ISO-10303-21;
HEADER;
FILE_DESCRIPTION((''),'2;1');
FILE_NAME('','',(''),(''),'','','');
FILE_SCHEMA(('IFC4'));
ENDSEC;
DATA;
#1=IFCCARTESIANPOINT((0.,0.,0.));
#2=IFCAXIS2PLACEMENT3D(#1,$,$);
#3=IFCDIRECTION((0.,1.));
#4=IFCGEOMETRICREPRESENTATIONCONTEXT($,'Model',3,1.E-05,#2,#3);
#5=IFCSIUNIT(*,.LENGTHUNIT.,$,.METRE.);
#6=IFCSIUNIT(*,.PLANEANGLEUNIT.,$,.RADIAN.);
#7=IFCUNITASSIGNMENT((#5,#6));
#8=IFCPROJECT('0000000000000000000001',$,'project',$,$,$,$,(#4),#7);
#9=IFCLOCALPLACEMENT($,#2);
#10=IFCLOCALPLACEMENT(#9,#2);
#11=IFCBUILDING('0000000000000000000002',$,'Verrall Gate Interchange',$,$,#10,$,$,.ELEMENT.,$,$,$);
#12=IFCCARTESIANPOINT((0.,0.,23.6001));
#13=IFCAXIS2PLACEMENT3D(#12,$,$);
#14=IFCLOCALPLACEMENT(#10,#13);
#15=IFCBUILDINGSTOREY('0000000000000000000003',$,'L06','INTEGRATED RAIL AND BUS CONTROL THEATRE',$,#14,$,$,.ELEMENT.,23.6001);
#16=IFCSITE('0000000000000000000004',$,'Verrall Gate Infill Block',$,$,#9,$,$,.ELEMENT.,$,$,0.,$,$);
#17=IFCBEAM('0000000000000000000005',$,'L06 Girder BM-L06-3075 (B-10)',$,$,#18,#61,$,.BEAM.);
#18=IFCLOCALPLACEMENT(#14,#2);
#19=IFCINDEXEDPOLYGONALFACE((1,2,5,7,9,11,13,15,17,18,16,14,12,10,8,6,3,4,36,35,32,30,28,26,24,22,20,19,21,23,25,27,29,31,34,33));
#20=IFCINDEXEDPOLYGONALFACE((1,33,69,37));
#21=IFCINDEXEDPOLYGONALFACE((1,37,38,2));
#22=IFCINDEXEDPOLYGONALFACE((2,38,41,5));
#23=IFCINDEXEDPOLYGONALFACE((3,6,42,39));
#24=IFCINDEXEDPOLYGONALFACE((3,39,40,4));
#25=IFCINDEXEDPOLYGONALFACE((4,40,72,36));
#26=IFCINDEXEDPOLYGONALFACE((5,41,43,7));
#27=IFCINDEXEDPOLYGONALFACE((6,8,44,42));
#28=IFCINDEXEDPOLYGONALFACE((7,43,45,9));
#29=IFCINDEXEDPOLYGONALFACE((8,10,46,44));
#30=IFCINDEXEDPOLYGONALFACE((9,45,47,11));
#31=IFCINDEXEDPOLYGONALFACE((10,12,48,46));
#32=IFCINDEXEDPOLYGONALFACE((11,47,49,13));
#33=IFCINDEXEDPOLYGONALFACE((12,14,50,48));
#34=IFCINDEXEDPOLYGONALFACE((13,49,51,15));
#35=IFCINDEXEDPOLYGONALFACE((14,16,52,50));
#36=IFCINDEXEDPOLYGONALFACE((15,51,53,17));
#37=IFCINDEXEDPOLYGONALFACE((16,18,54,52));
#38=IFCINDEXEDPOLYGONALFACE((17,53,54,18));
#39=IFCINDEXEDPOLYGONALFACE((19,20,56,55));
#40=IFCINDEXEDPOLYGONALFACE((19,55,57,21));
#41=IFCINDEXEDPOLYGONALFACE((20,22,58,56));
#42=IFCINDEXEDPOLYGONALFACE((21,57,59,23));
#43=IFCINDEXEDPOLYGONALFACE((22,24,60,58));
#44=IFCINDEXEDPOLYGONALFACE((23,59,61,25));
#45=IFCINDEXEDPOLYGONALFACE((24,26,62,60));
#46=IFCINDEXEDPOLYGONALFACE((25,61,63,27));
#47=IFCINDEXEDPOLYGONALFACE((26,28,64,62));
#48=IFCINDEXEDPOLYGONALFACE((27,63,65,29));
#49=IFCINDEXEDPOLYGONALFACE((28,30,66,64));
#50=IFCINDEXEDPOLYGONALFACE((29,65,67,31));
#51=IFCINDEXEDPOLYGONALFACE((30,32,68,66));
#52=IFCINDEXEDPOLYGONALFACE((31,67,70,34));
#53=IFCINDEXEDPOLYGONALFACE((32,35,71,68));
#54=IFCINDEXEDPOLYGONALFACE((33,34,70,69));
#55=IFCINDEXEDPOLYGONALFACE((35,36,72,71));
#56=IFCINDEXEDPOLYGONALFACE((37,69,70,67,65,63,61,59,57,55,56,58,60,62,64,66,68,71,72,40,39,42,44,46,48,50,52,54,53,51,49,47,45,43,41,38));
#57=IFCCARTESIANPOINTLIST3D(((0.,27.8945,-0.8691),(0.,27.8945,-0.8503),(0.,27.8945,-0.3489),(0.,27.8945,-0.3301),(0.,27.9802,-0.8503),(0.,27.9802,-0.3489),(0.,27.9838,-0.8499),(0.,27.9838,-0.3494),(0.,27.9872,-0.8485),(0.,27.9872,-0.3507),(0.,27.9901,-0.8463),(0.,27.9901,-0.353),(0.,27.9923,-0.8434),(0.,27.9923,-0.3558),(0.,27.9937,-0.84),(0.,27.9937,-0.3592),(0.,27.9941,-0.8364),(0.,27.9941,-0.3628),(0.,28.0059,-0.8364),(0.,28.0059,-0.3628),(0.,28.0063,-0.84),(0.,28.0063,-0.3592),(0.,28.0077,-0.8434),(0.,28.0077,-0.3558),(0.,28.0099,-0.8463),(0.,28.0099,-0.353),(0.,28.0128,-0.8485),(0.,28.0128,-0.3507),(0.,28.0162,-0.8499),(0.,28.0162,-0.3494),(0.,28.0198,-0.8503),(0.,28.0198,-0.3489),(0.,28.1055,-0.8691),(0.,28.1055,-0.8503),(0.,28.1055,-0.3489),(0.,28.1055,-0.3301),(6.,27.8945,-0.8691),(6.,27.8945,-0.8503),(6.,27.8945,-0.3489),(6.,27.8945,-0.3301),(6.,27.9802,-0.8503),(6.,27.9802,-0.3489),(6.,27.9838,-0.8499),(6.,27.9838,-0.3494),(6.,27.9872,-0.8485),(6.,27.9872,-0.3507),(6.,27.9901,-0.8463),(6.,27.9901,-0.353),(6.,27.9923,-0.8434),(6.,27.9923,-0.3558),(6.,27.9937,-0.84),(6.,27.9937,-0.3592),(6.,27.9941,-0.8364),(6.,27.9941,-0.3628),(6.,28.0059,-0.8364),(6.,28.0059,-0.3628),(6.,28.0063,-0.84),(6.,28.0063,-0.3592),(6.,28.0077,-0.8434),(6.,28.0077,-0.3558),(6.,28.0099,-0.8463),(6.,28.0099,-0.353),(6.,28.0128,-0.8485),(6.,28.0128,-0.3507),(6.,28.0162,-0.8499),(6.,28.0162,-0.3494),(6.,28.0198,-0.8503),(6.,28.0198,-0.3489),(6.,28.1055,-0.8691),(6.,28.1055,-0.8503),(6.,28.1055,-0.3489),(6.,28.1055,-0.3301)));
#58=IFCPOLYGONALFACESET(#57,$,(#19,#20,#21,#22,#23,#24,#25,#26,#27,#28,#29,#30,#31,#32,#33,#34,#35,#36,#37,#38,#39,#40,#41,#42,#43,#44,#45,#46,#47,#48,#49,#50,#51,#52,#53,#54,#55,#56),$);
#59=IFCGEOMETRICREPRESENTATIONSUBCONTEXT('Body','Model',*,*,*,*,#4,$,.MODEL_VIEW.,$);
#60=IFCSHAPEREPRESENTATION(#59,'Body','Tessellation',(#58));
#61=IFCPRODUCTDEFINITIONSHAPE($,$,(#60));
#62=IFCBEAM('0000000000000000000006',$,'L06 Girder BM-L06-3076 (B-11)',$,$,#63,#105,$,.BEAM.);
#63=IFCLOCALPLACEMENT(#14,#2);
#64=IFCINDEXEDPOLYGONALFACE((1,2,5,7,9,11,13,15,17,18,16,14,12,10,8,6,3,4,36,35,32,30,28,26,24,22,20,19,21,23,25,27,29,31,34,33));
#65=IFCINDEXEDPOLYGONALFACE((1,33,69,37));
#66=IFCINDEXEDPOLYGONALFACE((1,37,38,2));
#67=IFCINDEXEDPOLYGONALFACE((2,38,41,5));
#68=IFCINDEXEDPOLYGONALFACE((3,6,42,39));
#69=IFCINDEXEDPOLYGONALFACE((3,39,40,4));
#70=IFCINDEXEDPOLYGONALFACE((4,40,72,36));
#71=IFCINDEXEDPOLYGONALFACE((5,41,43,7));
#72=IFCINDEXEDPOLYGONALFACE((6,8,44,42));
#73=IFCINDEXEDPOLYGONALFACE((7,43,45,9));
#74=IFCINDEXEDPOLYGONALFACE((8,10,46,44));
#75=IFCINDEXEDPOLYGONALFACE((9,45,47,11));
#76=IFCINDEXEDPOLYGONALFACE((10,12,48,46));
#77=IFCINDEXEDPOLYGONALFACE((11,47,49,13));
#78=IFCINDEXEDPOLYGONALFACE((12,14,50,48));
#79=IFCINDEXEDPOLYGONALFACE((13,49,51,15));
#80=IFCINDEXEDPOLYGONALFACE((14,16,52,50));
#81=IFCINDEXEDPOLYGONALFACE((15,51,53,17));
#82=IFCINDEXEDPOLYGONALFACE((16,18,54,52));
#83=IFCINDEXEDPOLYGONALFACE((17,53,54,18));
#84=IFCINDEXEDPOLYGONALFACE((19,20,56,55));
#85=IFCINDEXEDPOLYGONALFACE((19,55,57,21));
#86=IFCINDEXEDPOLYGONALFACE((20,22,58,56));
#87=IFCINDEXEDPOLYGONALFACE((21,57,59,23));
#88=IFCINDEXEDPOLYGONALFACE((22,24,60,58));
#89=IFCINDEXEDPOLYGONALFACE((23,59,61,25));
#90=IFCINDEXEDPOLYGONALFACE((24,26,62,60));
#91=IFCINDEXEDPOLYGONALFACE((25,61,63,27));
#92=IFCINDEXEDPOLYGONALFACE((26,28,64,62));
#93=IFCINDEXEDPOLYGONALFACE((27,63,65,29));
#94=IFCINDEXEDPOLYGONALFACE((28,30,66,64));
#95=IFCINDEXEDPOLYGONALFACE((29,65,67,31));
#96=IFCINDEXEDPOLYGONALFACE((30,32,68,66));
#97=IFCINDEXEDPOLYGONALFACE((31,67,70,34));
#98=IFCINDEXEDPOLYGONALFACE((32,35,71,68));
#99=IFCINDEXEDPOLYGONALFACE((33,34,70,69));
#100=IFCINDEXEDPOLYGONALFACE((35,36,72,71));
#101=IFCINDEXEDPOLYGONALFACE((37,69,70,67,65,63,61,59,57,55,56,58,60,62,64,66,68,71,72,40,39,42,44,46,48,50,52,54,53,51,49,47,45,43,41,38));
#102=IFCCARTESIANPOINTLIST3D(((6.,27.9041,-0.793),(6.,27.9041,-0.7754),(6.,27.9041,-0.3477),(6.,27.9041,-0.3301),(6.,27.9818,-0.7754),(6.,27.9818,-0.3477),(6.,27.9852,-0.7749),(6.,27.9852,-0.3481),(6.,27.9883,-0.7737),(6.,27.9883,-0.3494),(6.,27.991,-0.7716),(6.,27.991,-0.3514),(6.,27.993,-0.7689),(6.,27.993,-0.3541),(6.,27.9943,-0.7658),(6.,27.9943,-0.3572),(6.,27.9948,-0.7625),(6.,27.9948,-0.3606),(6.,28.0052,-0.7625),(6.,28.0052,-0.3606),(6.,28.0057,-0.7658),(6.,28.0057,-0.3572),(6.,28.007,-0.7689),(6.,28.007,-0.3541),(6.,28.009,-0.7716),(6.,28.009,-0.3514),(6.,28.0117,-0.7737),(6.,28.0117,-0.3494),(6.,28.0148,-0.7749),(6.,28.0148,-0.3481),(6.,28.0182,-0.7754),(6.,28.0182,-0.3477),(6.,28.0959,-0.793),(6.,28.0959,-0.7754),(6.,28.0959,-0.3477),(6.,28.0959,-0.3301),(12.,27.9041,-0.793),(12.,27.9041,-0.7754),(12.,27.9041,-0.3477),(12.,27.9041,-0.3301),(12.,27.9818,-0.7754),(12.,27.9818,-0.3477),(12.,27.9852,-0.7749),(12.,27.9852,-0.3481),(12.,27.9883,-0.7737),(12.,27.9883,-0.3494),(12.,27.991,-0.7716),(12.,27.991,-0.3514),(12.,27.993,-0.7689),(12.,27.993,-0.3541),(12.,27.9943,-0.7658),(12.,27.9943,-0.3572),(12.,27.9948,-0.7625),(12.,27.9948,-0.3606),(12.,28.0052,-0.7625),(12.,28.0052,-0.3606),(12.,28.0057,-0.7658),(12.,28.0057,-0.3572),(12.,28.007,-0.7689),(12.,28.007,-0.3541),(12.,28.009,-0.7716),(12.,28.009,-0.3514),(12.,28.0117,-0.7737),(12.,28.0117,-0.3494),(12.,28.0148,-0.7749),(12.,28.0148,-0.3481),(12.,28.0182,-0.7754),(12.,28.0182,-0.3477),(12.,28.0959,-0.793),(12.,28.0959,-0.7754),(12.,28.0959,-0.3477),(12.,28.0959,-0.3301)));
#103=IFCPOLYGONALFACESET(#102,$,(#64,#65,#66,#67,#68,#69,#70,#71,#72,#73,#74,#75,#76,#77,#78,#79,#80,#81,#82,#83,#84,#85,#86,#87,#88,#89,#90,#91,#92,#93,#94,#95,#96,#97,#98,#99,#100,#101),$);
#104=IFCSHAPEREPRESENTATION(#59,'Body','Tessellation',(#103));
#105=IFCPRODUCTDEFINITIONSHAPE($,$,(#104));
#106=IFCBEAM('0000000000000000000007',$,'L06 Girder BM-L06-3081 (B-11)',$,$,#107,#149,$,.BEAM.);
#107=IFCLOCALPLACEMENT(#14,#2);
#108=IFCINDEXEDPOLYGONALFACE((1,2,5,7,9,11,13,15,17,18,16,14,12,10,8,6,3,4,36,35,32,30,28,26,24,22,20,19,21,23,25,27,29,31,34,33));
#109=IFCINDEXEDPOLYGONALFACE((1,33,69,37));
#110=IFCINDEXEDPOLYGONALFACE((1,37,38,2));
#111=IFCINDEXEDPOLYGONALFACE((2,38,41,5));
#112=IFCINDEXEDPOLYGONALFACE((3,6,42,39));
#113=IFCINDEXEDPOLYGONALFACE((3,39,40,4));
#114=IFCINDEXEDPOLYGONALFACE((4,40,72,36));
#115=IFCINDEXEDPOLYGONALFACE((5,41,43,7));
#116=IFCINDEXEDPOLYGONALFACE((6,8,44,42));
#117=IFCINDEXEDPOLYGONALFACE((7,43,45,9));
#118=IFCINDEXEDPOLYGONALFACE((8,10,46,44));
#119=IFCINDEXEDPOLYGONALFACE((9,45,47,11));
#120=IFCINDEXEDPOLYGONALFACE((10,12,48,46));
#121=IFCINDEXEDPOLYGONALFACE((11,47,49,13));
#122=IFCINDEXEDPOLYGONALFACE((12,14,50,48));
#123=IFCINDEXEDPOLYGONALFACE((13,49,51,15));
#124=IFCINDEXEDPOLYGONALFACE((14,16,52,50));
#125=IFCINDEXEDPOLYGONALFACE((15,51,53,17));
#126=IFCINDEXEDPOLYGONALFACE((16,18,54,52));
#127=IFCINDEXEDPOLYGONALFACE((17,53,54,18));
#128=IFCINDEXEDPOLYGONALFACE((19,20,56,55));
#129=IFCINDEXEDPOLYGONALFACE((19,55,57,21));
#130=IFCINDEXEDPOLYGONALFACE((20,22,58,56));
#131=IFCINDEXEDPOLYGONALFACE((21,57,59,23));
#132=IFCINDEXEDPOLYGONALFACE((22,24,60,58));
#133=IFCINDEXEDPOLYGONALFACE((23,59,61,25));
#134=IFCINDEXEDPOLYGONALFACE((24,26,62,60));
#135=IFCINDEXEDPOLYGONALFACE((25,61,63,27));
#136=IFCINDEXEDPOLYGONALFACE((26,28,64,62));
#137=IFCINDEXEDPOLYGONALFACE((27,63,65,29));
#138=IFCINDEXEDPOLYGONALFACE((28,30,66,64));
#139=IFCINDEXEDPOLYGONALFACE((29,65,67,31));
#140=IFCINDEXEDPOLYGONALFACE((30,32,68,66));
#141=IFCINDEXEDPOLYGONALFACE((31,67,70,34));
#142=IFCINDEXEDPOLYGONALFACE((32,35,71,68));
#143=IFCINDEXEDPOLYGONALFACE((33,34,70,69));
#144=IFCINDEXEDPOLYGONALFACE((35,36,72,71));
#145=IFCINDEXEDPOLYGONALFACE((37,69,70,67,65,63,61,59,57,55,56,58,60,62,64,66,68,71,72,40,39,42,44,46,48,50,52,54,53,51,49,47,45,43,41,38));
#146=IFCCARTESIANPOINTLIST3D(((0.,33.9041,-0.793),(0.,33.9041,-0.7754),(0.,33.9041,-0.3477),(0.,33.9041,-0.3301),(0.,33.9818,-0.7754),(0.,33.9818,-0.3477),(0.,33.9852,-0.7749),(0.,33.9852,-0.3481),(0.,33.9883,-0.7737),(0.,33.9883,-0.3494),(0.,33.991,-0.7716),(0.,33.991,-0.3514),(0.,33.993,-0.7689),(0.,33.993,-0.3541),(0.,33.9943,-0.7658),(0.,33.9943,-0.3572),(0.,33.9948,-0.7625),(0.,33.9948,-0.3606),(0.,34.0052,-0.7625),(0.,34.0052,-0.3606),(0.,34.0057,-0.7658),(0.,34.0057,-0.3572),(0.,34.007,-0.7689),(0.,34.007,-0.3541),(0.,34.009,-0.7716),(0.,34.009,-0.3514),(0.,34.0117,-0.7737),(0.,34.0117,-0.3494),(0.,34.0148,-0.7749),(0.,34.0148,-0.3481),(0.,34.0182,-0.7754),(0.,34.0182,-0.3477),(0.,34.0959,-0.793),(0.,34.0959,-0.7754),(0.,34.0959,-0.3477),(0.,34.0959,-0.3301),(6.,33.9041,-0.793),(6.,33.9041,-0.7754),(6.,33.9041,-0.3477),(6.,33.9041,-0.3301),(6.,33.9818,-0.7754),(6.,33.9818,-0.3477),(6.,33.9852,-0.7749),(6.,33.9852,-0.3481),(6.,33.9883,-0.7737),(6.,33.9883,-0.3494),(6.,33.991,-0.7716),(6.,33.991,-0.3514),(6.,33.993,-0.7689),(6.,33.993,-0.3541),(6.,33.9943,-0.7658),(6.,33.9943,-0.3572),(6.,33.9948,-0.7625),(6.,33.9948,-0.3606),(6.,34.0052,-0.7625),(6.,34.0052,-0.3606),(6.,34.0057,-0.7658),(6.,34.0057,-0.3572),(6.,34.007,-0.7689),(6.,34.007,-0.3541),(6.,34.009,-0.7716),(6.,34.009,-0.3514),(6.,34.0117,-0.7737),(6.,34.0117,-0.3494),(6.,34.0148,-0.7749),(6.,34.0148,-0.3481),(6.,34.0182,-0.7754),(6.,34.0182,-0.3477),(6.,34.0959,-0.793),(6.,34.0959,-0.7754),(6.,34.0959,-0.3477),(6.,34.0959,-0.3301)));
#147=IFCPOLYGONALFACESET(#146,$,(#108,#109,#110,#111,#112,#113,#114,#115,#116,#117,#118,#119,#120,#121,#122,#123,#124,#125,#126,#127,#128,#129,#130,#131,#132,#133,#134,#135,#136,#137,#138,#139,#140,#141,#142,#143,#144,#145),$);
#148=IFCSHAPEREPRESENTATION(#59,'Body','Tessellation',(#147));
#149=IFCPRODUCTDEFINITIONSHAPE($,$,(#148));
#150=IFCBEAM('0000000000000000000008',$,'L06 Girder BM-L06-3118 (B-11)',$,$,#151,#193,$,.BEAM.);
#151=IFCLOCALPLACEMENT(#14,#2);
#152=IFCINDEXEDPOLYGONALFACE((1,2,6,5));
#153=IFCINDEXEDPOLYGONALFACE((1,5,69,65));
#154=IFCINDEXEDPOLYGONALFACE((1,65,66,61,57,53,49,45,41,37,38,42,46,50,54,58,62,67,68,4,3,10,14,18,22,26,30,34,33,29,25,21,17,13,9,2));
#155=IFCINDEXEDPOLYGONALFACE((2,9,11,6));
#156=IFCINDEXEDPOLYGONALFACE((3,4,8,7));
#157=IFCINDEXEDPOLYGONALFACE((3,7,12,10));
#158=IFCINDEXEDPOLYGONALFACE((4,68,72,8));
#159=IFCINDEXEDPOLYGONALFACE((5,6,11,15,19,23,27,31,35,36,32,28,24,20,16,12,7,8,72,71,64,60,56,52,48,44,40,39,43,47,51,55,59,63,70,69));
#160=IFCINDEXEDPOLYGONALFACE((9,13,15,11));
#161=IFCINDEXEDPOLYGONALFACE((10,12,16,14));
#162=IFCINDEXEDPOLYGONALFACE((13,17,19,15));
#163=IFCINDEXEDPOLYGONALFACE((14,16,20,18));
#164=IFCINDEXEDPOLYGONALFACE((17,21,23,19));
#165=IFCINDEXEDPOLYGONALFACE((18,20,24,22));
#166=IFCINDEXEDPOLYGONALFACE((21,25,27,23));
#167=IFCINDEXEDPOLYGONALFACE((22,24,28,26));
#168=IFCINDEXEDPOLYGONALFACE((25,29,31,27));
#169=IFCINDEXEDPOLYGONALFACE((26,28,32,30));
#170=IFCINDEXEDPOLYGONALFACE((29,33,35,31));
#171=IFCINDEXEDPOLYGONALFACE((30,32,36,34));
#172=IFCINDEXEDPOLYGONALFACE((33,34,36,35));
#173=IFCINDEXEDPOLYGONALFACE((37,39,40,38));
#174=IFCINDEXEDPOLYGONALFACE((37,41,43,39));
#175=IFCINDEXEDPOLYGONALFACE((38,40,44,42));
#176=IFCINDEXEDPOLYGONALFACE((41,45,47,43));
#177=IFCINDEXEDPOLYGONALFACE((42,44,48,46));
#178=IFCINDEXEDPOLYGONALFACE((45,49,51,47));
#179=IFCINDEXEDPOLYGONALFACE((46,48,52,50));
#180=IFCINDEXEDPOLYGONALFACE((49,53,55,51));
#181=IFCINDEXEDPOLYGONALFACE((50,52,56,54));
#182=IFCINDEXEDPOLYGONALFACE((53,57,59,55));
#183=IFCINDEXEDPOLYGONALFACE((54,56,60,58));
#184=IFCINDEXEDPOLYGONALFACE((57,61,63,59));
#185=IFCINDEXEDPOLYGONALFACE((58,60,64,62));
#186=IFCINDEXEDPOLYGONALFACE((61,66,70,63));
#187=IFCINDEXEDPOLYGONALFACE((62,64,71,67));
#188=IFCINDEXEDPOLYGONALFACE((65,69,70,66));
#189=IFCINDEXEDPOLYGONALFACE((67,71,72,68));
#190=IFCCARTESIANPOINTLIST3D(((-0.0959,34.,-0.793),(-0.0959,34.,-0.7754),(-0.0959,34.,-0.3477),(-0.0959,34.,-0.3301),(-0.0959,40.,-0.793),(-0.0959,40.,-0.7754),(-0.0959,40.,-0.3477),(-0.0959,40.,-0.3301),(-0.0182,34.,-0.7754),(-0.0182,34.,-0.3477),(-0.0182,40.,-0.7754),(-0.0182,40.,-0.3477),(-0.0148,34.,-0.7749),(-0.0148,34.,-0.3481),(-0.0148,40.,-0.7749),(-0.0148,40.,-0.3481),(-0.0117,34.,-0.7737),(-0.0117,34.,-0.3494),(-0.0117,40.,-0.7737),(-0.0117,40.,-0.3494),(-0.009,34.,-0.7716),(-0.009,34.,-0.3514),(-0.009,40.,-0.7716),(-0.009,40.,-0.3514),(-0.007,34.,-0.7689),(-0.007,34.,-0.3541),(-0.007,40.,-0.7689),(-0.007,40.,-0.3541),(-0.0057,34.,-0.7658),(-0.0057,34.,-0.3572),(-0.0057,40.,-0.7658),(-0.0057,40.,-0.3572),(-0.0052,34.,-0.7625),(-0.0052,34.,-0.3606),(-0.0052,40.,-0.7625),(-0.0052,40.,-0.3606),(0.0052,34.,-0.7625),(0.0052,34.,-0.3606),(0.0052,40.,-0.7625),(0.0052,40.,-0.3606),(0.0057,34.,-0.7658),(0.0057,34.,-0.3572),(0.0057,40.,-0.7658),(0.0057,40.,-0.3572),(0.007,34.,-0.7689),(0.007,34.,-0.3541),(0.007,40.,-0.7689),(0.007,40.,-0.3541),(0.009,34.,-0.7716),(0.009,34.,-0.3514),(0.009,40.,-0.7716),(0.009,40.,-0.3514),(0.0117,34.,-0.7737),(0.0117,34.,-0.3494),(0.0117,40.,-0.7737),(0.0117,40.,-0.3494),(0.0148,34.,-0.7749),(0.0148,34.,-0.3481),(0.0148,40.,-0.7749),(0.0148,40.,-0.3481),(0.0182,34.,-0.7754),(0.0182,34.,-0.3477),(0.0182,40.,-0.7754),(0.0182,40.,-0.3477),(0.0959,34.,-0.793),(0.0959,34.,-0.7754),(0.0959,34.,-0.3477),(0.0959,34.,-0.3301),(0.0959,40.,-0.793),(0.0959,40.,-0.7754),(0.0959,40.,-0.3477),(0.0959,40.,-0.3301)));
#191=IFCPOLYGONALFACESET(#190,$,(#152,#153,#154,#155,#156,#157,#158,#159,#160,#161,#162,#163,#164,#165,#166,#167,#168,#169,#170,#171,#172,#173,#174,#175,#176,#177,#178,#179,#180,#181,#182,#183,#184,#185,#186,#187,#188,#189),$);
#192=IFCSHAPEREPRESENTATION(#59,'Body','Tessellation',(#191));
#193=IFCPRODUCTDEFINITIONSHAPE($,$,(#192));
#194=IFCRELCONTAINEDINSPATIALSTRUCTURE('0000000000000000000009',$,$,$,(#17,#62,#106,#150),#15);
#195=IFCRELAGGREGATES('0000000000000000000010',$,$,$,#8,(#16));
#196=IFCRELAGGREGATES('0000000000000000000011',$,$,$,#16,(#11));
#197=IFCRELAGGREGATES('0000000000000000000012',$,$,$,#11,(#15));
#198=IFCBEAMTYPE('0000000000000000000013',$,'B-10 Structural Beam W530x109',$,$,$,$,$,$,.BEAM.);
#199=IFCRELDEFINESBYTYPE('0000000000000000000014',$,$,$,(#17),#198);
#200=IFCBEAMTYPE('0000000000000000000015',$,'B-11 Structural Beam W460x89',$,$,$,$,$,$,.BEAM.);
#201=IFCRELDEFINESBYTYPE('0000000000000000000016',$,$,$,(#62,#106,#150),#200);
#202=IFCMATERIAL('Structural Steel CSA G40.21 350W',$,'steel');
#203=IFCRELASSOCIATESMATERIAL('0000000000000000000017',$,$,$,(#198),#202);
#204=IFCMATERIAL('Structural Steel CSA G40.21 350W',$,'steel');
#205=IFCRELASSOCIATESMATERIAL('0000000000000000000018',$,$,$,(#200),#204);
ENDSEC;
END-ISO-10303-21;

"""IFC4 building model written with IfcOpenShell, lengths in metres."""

from ifc_helpers import new_model, si_unit, direction, frame, origin, origin_2d, place, context, subcontext, project, spatial, i_section, extrude, material, material_profile, profile_set, type_object, element, save


model = new_model("IFC4")

# Units and contexts
model_context = context("Model", 3, precision=1e-05, world=origin(), true_north=direction((0.0, 1.0)))
body_context = subcontext(model_context, "Body", "Model", "MODEL_VIEW")
ifc_project = project(units=[si_unit("LENGTHUNIT", "METRE"), si_unit("PLANEANGLEUNIT", "RADIAN")], contexts=[model_context])

# Site, building, storey
site_placement = place(None, origin())
site = spatial("IfcSite", under=ifc_project, at=site_placement, Name="Verrall Gate Infill Block", CompositionType="ELEMENT", RefElevation=0.0)
building_placement = place(site_placement, origin())
building = spatial("IfcBuilding", under=site, at=building_placement, Name="Verrall Gate Interchange", CompositionType="ELEMENT")
storey_placement = place(building_placement, frame((0.0, 0.0, 23.6001)))
storey = spatial("IfcBuildingStorey", under=building, at=storey_placement, Name="L06", Description="INTEGRATED RAIL AND BUS CONTROL THEATRE", CompositionType="ELEMENT", Elevation=23.6001)

# Beams
ifc_material_1 = material(Name="Structural Steel CSA G40.21 350W", Category="steel")
ifc_material_profile_1 = material_profile(ifc_material_1, i_section(OverallWidth=0.2109, OverallDepth=0.5391, WebThickness=0.0117, FlangeThickness=0.0188, FilletRadius=0.0139, at=origin_2d()), Name="W530x109")
ifc_profile_set_1 = profile_set([ifc_material_profile_1], Name="Structural Steel CSA G40.21 350W")
beam_type_1 = type_object("IfcBeamType", Name="B-10 Structural Beam W530x109", PredefinedType="BEAM", material=ifc_profile_set_1)
beam_1_placement = place(storey_placement, frame((0.0, 28.0, -0.5996), z_axis=(1.0, 0.0, 0.0), x_axis=(0.0, 1.0, 0.0)))
element("IfcBeam", 1, at=beam_1_placement, inside=storey, type_object=beam_type_1, Name="L06 Girder BM-L06-3075 (B-10)", PredefinedType="BEAM", context=body_context, shape_type="SweptSolid", body=[
    extrude(i_section(OverallWidth=0.2109, OverallDepth=0.5391, WebThickness=0.0117, FlangeThickness=0.0188, FilletRadius=0.0139, at=origin_2d()), origin(), (0.0, 0.0, 1.0), 6.0),
])
ifc_material_2 = material(Name="Structural Steel CSA G40.21 350W", Category="steel")
ifc_material_profile_2 = material_profile(ifc_material_2, i_section(OverallWidth=0.1919, OverallDepth=0.4629, WebThickness=0.0105, FlangeThickness=0.0176, FilletRadius=0.0129, at=origin_2d()), Name="W460x89")
ifc_profile_set_2 = profile_set([ifc_material_profile_2], Name="Structural Steel CSA G40.21 350W")
beam_type_2 = type_object("IfcBeamType", Name="B-11 Structural Beam W460x89", PredefinedType="BEAM", material=ifc_profile_set_2)
for number, where, z_axis, x_axis, name in (
    (2, (6.0, 28.0, -0.5615), (1.0, 0.0, 0.0), (0.0, 1.0, 0.0), "L06 Girder BM-L06-3076 (B-11)"),
    (3, (0.0, 34.0, -0.5615), (1.0, 0.0, 0.0), (0.0, 1.0, 0.0), "L06 Girder BM-L06-3081 (B-11)"),
    (4, (0.0, 34.0, -0.5615), (0.0, 1.0, 0.0), (-1.0, 0.0, 0.0), "L06 Girder BM-L06-3118 (B-11)"),
):
    element("IfcBeam", number, at=place(storey_placement, frame(where, z_axis=z_axis, x_axis=x_axis)), inside=storey, type_object=beam_type_2, Name=name, PredefinedType="BEAM", context=body_context, shape_type="SweptSolid", body=[
        extrude(i_section(OverallWidth=0.1919, OverallDepth=0.4629, WebThickness=0.0105, FlangeThickness=0.0176, FilletRadius=0.0129, at=origin_2d()), origin(), (0.0, 0.0, 1.0), 6.0),
    ])

save(model, "model.ifc")
